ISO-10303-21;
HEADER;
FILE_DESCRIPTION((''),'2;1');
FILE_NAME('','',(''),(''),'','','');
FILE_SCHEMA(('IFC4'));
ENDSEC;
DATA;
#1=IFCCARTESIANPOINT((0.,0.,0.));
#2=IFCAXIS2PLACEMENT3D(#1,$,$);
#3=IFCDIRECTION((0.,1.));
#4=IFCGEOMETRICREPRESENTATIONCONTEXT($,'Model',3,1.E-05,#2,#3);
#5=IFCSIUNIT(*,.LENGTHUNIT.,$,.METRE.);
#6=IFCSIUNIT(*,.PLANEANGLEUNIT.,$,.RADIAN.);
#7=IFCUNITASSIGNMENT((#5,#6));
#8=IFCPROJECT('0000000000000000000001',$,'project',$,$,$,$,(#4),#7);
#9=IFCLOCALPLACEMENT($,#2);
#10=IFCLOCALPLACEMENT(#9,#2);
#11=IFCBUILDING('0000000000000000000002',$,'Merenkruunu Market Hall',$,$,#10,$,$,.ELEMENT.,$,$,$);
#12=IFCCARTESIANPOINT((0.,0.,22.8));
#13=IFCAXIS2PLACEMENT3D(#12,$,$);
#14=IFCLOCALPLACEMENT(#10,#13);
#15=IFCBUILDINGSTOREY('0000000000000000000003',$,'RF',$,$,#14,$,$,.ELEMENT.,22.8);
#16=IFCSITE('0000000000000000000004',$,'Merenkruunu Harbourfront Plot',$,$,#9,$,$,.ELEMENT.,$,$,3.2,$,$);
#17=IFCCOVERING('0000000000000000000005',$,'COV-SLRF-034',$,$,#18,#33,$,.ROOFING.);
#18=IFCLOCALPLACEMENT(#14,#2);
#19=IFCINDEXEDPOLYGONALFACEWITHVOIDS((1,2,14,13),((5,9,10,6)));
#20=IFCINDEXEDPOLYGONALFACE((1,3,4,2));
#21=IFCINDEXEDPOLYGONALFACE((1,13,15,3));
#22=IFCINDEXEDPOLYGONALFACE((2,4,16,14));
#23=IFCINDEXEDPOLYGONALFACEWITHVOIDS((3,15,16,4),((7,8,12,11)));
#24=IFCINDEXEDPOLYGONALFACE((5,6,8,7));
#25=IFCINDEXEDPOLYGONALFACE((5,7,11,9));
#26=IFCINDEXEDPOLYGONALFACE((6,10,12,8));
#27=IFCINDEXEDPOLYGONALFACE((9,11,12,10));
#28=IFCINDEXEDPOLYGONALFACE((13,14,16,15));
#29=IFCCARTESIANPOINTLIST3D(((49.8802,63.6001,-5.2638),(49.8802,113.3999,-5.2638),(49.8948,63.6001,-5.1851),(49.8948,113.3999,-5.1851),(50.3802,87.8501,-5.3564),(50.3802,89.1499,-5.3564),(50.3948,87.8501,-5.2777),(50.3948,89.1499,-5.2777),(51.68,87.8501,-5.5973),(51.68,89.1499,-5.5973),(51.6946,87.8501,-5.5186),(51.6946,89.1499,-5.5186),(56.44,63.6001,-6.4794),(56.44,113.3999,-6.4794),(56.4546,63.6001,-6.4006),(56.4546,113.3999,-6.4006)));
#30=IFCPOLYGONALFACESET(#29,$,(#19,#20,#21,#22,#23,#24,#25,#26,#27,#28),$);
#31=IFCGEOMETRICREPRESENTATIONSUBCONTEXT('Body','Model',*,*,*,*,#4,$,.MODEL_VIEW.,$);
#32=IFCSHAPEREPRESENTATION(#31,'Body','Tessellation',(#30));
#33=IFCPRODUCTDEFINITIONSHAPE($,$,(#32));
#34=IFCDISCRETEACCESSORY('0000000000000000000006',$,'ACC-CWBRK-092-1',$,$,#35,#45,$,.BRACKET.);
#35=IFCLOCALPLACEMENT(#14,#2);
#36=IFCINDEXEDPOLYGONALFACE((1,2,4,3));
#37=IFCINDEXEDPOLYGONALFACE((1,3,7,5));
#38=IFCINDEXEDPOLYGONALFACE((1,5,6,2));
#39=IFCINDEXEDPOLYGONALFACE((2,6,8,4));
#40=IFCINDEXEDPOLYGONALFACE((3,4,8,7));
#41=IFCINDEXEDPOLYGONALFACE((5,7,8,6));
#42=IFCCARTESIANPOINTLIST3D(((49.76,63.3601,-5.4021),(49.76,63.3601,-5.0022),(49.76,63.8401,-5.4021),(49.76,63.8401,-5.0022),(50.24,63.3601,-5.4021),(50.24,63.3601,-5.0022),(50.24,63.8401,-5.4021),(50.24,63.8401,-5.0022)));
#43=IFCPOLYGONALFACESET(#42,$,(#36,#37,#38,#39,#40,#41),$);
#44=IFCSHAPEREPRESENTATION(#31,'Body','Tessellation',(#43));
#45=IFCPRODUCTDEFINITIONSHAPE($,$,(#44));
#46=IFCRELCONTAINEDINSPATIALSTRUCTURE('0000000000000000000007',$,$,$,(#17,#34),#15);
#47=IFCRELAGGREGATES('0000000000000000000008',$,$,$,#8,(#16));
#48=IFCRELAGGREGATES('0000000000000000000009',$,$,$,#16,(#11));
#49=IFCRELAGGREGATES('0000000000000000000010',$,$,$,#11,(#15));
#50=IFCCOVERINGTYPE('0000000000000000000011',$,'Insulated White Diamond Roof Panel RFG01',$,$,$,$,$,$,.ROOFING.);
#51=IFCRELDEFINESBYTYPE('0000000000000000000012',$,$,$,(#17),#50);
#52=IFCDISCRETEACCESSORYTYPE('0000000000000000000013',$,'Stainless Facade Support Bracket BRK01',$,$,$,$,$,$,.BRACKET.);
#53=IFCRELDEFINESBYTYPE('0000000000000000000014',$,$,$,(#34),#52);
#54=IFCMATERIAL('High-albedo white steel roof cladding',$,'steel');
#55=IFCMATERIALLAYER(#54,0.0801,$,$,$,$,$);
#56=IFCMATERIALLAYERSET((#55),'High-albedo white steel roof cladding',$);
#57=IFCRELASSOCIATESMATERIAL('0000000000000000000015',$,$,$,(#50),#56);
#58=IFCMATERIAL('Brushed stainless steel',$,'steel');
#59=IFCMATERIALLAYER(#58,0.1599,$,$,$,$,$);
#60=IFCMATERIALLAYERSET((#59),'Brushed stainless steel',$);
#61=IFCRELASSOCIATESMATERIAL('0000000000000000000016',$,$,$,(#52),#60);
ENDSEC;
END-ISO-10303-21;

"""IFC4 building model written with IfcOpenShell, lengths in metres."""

from ifc_helpers import new_model, si_unit, direction, frame, origin, origin_2d, place, context, subcontext, project, spatial, polyline, rectangle, outline, extrude, material, layer, layer_set, type_object, element, save


model = new_model("IFC4")

# Units and contexts
model_context = context("Model", 3, precision=1e-05, world=origin(), true_north=direction((0.0, 1.0)))
body_context = subcontext(model_context, "Body", "Model", "MODEL_VIEW")
ifc_project = project(units=[si_unit("LENGTHUNIT", "METRE"), si_unit("PLANEANGLEUNIT", "RADIAN")], contexts=[model_context])

# Site, building, storey
site_placement = place(None, origin())
site = spatial("IfcSite", under=ifc_project, at=site_placement, Name="Merenkruunu Harbourfront Plot", CompositionType="ELEMENT", RefElevation=3.2)
building_placement = place(site_placement, origin())
building = spatial("IfcBuilding", under=site, at=building_placement, Name="Merenkruunu Market Hall", CompositionType="ELEMENT")
storey_placement = place(building_placement, frame((0.0, 0.0, 22.8)))
storey = spatial("IfcBuildingStorey", under=building, at=storey_placement, Name="RF", CompositionType="ELEMENT", Elevation=22.8)

# Covering
ifc_material_1 = material(Name="High-albedo white steel roof cladding", Category="steel")
ifc_layer_1 = layer(ifc_material_1, 0.0801)
ifc_layer_set_1 = layer_set([ifc_layer_1], Name="High-albedo white steel roof cladding")
covering_type = type_object("IfcCoveringType", Name="Insulated White Diamond Roof Panel RFG01", PredefinedType="ROOFING", material=ifc_layer_set_1)
covering_placement = place(storey_placement, frame((49.8948, 63.6001, -5.1851), z_axis=(0.182205, 0.0, 0.983261), x_axis=(0.983261, 0.0, -0.182205)))
element("IfcCovering", 1, at=covering_placement, inside=storey, type_object=covering_type, Name="COV-SLRF-034", PredefinedType="ROOFING", context=body_context, shape_type="SweptSolid", body=[
    extrude(outline(polyline([(0.0, 0.0), (6.6715, 0.0), (6.6715, 49.7998), (0.0, 49.7998), (0.0, 0.0)]), holes=[polyline([(0.5085, 24.25), (1.8304, 24.25), (1.8304, 25.5498), (0.5085, 25.5498), (0.5085, 24.25)])]), origin(), (0.0, 0.0, -1.0), 0.0801),
])

# Discrete accessory
ifc_material_2 = material(Name="Brushed stainless steel", Category="steel")
ifc_layer_2 = layer(ifc_material_2, 0.1599)
ifc_layer_set_2 = layer_set([ifc_layer_2], Name="Brushed stainless steel")
discrete_accessory_type = type_object("IfcDiscreteAccessoryType", Name="Stainless Facade Support Bracket BRK01", PredefinedType="BRACKET", material=ifc_layer_set_2)
discrete_accessory_placement = place(storey_placement, frame((50.0, 63.6001, -5.4021), z_axis=(0.0, 0.0, 1.0), x_axis=(1.0, 0.0, 0.0)))
element("IfcDiscreteAccessory", 2, at=discrete_accessory_placement, inside=storey, type_object=discrete_accessory_type, Name="ACC-CWBRK-092-1", PredefinedType="BRACKET", context=body_context, shape_type="SweptSolid", body=[
    extrude(rectangle(XDim=0.48, YDim=0.48, at=origin_2d()), origin(), (0.0, 0.0, 1.0), 0.3999),
])

save(model, "model.ifc")
